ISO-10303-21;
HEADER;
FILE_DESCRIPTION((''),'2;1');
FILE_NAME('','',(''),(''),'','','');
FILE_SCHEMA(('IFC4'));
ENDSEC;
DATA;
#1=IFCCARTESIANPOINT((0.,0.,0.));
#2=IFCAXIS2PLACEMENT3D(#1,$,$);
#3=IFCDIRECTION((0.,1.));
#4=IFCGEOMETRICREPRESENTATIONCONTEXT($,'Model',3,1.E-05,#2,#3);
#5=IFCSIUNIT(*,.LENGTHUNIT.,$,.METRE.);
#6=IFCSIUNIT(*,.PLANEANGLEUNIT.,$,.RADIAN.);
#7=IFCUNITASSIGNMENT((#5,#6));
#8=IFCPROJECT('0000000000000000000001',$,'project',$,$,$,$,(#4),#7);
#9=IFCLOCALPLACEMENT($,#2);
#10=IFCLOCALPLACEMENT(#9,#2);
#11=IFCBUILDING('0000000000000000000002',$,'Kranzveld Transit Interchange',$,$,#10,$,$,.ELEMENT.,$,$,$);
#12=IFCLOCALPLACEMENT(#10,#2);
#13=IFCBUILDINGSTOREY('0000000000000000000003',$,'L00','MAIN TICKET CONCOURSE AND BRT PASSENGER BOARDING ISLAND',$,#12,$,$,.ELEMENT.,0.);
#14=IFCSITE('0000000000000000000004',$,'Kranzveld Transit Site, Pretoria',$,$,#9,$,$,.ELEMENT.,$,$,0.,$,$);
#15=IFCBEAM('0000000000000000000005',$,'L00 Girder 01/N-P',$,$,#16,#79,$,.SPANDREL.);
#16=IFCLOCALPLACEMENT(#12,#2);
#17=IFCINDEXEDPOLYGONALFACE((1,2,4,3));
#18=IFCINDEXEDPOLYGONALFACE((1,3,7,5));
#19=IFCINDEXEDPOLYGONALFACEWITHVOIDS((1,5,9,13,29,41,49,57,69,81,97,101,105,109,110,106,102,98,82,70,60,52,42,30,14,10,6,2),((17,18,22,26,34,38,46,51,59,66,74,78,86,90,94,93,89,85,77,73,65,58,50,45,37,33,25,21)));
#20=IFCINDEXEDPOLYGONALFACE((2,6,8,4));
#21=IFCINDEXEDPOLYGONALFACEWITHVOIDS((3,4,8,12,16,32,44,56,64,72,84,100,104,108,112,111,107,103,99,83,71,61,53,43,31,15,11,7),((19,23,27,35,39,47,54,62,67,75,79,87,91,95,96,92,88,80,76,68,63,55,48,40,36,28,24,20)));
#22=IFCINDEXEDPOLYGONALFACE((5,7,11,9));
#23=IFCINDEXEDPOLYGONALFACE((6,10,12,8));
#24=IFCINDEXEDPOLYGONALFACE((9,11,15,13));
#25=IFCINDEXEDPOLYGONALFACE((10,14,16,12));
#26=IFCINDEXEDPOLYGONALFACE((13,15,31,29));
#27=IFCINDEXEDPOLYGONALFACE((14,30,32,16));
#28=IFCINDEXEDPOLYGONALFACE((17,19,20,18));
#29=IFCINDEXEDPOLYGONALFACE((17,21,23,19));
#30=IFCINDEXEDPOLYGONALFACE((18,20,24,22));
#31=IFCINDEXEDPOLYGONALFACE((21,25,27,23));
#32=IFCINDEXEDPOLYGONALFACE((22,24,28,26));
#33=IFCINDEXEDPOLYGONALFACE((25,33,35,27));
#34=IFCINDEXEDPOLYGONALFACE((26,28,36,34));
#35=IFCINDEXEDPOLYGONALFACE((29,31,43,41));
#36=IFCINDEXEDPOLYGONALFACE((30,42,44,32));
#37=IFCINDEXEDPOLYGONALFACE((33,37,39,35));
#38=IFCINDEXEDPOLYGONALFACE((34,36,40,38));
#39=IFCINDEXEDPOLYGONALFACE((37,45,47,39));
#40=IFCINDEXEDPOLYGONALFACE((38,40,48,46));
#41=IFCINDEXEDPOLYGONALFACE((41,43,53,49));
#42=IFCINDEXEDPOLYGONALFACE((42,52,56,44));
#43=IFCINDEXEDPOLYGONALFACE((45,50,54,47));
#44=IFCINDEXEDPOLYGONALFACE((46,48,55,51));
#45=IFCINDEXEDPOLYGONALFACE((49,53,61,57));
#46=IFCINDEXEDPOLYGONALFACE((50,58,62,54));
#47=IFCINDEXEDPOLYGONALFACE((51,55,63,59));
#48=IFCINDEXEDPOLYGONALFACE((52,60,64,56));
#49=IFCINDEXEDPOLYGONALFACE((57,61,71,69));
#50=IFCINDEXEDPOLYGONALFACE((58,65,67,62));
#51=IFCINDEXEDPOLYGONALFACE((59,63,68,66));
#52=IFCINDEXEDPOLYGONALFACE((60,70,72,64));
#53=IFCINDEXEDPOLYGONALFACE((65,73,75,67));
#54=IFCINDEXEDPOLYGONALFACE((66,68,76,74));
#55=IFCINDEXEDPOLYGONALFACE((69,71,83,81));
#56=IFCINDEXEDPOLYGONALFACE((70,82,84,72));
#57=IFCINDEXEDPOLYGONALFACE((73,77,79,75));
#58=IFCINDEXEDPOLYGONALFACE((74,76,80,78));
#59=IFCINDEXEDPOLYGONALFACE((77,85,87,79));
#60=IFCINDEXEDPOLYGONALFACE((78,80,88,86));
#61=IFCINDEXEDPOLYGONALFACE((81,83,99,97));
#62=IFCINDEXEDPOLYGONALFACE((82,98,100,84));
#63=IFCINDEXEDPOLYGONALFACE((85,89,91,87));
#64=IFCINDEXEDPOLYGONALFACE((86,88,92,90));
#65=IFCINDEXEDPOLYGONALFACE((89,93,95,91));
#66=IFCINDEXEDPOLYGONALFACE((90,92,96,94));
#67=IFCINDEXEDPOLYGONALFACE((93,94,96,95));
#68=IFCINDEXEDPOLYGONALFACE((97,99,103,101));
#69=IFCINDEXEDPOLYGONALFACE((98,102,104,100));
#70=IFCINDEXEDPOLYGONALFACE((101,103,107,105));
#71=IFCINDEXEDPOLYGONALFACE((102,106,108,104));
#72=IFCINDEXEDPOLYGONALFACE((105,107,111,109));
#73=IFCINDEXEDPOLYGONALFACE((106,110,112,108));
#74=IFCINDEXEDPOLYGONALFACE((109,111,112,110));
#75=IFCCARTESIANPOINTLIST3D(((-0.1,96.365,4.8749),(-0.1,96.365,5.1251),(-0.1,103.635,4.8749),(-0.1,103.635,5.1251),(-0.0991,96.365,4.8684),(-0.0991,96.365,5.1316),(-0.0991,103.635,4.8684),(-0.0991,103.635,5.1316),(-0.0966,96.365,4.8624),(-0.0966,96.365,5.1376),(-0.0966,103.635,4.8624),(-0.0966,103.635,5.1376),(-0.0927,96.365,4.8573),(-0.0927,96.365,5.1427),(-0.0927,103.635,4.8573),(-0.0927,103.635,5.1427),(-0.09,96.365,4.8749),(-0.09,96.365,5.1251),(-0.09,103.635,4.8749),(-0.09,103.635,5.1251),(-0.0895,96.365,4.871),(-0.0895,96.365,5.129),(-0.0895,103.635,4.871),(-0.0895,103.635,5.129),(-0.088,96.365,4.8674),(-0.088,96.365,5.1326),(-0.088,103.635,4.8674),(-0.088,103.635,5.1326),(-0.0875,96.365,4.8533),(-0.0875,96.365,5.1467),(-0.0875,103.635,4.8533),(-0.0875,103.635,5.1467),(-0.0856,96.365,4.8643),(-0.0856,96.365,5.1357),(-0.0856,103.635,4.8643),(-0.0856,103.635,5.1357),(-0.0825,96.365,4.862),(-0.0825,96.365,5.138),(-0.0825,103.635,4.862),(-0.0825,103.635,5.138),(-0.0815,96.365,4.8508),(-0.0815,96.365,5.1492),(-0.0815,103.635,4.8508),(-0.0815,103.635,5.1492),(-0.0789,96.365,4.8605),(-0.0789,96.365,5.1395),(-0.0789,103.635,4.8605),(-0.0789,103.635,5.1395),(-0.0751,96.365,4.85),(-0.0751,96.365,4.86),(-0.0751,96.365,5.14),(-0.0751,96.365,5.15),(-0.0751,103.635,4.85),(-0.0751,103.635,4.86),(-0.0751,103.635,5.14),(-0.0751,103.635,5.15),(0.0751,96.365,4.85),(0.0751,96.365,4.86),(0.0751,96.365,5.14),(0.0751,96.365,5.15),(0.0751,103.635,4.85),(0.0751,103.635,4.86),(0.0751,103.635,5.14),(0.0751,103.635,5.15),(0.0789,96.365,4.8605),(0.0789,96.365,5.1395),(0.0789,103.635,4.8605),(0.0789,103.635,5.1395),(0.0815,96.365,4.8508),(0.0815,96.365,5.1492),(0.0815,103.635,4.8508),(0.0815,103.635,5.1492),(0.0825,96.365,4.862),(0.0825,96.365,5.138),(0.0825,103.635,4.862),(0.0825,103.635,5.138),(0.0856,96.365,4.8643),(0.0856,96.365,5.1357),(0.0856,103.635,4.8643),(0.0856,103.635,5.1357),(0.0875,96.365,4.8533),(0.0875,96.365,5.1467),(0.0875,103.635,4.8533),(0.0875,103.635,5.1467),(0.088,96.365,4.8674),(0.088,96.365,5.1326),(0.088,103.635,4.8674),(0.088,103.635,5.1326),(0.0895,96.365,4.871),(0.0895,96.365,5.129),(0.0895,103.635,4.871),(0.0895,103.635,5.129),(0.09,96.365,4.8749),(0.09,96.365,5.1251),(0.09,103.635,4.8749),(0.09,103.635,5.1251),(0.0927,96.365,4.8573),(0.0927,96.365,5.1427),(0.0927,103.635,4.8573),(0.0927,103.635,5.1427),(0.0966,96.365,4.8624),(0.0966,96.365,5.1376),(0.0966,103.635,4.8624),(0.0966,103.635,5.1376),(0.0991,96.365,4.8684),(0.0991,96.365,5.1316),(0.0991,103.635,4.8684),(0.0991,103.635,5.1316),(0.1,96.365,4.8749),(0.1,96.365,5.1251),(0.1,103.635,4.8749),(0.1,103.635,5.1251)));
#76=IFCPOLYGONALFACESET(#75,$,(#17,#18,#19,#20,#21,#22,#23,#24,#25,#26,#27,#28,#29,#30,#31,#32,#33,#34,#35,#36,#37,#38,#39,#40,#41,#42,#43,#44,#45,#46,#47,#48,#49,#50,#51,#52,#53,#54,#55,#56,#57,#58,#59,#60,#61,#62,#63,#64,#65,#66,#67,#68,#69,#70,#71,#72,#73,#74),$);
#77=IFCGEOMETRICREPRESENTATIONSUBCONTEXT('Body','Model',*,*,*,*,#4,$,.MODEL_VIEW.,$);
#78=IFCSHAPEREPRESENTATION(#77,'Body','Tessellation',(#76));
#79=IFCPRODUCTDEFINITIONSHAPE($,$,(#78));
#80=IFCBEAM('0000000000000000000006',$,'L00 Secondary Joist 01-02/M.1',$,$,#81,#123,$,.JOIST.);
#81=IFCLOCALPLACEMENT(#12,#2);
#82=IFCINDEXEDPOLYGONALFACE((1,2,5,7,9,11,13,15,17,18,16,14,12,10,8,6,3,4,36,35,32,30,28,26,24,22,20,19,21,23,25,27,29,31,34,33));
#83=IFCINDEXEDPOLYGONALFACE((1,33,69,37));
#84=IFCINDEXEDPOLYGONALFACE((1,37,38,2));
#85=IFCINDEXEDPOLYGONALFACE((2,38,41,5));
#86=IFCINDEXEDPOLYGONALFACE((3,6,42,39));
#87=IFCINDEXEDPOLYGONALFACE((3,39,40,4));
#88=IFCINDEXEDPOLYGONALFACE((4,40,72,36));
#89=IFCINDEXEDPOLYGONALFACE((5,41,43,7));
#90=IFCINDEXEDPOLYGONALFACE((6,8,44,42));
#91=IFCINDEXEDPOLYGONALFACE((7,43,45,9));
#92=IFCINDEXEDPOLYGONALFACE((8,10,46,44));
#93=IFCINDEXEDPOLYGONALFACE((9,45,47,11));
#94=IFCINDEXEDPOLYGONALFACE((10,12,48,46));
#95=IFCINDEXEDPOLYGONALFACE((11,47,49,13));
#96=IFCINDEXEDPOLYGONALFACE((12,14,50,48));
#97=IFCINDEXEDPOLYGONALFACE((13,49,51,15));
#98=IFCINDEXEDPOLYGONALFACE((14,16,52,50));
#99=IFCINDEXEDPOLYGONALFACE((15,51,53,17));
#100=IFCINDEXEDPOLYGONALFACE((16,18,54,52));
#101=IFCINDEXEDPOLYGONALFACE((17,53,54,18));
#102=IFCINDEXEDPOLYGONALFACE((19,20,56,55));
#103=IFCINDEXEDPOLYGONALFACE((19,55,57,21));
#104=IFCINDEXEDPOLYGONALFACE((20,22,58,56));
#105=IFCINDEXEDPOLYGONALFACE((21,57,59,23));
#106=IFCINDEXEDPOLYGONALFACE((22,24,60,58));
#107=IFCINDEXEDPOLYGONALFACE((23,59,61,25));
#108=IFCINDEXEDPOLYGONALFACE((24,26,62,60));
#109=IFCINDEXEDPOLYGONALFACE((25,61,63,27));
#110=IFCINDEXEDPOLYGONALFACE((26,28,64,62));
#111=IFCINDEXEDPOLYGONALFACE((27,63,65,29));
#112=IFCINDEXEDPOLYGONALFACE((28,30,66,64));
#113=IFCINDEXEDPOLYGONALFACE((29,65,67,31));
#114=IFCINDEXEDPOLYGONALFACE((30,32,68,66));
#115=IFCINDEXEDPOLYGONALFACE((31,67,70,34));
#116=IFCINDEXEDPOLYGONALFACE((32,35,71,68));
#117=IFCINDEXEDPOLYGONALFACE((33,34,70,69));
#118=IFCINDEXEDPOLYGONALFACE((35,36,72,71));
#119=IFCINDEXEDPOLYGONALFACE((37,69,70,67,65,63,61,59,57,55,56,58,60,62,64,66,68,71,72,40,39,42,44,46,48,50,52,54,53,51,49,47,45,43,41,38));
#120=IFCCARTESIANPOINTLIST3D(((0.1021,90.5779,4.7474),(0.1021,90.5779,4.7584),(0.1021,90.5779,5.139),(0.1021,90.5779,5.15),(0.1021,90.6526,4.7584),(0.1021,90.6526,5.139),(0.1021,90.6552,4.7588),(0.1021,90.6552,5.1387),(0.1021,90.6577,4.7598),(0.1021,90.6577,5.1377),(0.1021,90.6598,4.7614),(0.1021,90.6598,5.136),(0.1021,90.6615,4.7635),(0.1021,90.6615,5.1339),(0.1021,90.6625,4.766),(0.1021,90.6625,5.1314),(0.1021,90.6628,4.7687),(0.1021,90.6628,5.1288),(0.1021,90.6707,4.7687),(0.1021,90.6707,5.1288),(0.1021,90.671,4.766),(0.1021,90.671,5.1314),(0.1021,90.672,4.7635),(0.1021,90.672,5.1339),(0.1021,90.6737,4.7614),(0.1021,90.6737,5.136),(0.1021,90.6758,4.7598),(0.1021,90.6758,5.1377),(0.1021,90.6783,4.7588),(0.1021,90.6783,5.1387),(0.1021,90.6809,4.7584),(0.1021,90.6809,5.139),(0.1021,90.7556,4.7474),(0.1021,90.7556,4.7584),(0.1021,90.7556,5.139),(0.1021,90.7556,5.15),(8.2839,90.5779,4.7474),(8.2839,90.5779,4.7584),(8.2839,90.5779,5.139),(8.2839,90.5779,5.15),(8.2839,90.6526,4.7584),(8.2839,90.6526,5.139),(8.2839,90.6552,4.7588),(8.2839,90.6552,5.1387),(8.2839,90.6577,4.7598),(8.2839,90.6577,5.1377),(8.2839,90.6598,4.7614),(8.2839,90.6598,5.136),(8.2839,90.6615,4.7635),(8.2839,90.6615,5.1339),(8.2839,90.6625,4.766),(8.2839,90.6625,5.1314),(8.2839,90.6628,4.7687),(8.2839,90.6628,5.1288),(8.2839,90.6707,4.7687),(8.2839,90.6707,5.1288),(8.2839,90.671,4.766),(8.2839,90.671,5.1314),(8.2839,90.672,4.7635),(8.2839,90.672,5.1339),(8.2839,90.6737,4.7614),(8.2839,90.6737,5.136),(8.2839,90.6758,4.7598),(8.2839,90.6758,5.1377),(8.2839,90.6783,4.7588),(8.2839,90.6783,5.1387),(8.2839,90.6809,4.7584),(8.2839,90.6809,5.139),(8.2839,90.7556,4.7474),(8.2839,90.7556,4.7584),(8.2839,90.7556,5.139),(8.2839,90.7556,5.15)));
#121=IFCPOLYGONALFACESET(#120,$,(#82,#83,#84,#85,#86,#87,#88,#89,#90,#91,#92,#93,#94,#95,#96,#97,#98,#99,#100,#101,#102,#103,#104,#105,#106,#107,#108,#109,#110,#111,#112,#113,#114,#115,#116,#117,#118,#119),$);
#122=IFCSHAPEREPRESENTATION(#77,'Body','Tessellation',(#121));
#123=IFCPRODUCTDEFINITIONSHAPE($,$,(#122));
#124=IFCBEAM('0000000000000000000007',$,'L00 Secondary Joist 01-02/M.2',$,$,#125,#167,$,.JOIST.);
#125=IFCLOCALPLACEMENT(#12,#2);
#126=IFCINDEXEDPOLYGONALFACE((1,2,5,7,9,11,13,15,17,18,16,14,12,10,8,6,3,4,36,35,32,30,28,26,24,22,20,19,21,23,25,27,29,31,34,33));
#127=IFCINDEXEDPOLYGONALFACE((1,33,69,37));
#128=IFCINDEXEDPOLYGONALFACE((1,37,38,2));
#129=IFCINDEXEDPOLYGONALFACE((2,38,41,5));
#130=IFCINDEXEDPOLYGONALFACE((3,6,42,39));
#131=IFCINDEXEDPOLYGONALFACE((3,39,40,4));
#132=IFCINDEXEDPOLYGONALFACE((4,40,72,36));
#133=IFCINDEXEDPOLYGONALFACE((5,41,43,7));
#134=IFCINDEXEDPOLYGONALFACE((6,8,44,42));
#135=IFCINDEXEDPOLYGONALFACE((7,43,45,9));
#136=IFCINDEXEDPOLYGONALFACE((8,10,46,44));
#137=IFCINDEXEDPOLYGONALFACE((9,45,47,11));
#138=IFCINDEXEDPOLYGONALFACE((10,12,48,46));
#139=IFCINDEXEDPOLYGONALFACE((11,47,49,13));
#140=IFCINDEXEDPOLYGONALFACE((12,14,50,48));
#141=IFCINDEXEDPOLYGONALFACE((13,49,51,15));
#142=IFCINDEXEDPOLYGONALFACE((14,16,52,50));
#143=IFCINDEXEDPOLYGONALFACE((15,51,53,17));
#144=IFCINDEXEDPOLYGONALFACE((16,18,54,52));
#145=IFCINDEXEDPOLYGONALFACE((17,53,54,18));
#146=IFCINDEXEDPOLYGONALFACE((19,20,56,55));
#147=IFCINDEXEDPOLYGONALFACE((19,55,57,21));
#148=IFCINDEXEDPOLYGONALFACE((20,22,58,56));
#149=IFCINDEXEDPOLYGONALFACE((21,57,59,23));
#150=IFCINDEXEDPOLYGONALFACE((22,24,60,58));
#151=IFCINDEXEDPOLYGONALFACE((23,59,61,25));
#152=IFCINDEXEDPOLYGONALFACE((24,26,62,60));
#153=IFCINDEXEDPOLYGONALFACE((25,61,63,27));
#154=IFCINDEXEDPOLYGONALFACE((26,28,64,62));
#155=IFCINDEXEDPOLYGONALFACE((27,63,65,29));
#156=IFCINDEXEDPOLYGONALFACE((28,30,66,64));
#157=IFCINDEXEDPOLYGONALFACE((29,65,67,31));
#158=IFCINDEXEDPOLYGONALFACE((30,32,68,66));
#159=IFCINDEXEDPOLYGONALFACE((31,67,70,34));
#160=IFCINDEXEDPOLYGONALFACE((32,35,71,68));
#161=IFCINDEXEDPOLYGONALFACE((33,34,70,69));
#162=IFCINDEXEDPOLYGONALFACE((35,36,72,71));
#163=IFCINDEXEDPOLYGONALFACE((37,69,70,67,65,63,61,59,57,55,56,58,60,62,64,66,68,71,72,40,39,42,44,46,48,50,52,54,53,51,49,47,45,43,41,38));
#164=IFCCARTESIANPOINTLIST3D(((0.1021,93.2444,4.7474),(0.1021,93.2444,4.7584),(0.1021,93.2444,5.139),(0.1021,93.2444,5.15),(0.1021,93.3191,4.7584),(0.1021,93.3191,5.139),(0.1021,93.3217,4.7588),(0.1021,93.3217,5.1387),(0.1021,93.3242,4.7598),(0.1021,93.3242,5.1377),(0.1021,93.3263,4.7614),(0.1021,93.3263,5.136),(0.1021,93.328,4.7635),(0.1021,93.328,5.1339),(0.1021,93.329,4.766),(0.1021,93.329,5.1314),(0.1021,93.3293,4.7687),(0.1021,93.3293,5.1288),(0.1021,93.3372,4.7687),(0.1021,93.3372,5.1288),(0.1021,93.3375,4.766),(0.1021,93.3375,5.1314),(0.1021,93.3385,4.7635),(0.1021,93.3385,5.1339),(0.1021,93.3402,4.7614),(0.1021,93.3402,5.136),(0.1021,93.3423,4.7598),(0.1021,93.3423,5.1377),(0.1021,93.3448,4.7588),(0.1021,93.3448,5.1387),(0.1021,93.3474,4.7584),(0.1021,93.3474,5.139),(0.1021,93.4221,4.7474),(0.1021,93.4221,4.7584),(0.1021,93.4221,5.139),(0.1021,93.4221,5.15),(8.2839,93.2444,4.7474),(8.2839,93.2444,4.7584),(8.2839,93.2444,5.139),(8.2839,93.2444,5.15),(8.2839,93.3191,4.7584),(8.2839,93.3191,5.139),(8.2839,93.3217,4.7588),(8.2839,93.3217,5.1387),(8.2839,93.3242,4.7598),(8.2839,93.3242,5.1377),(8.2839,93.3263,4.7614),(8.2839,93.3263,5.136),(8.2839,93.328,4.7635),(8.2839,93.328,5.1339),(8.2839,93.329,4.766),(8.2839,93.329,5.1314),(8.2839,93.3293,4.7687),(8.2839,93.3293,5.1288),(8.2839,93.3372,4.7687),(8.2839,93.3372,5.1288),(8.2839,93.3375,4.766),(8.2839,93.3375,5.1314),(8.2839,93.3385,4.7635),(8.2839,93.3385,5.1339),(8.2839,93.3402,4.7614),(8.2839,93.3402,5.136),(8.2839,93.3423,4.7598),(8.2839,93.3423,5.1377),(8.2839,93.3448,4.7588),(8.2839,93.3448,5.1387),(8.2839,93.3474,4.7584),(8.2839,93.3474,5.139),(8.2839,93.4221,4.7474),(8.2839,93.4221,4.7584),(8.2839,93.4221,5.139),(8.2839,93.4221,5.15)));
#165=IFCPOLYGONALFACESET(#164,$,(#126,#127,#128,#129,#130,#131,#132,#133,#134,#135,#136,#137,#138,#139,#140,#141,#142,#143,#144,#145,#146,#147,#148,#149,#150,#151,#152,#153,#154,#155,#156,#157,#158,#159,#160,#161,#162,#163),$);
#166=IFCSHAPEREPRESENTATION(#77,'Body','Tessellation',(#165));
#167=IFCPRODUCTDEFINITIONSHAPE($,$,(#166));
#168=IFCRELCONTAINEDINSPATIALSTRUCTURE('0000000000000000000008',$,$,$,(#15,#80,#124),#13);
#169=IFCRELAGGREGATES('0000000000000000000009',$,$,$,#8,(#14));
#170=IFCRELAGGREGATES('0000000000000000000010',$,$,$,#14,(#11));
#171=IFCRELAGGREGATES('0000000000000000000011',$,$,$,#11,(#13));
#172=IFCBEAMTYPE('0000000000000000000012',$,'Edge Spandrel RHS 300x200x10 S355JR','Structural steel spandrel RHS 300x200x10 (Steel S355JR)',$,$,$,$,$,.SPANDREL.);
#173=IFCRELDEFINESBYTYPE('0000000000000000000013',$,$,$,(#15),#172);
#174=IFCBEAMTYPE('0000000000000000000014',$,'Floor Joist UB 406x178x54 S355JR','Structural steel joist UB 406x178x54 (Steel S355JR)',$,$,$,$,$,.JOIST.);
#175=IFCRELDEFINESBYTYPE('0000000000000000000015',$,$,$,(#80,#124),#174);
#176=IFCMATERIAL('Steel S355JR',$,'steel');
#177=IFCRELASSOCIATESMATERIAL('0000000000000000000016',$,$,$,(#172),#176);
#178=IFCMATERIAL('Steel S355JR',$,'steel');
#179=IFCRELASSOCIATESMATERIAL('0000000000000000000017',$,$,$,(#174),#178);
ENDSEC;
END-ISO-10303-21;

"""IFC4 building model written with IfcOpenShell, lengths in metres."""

from ifc_helpers import new_model, si_unit, direction, frame, origin, origin_2d, place, context, subcontext, project, spatial, hollow_rectangle, i_section, extrude, material, material_profile, profile_set, type_object, element, save


model = new_model("IFC4")

# Units and contexts
model_context = context("Model", 3, precision=1e-05, world=origin(), true_north=direction((0.0, 1.0)))
body_context = subcontext(model_context, "Body", "Model", "MODEL_VIEW")
ifc_project = project(units=[si_unit("LENGTHUNIT", "METRE"), si_unit("PLANEANGLEUNIT", "RADIAN")], contexts=[model_context])

# Site, building, storey
site_placement = place(None, origin())
site = spatial("IfcSite", under=ifc_project, at=site_placement, Name="Kranzveld Transit Site, Pretoria", CompositionType="ELEMENT", RefElevation=0.0)
building_placement = place(site_placement, origin())
building = spatial("IfcBuilding", under=site, at=building_placement, Name="Kranzveld Transit Interchange", CompositionType="ELEMENT")
storey_placement = place(building_placement, origin())
storey = spatial("IfcBuildingStorey", under=building, at=storey_placement, Name="L00", Description="MAIN TICKET CONCOURSE AND BRT PASSENGER BOARDING ISLAND", CompositionType="ELEMENT", Elevation=0.0)

# Beams
ifc_material_1 = material(Name="Steel S355JR", Category="steel")
ifc_material_profile_1 = material_profile(ifc_material_1, hollow_rectangle(XDim=0.2, YDim=0.3, WallThickness=0.01, InnerFilletRadius=0.0149, OuterFilletRadius=0.0249, at=origin_2d()), Name="RHS 300x200x10")
ifc_profile_set_1 = profile_set([ifc_material_profile_1], Name="Steel S355JR")
beam_type_1 = type_object("IfcBeamType", Name="Edge Spandrel RHS 300x200x10 S355JR", Description="Structural steel spandrel RHS 300x200x10 (Steel S355JR)", PredefinedType="SPANDREL", material=ifc_profile_set_1)
beam_1_placement = place(storey_placement, frame((0.0, 96.365, 5.0), z_axis=(0.0, 1.0, 0.0), x_axis=(-1.0, 0.0, 0.0)))
element("IfcBeam", 1, at=beam_1_placement, inside=storey, type_object=beam_type_1, Name="L00 Girder 01/N-P", PredefinedType="SPANDREL", context=body_context, shape_type="SweptSolid", body=[
    extrude(hollow_rectangle(XDim=0.2, YDim=0.3, WallThickness=0.01, InnerFilletRadius=0.0149, OuterFilletRadius=0.0249, at=origin_2d()), origin(), (0.0, 0.0, 1.0), 7.27),
])
ifc_material_2 = material(Name="Steel S355JR", Category="steel")
ifc_material_profile_2 = material_profile(ifc_material_2, i_section(OverallWidth=0.1777, OverallDepth=0.4026, WebThickness=0.0078, FlangeThickness=0.011, FilletRadius=0.0103, at=origin_2d()), Name="UB 406x178x54")
ifc_profile_set_2 = profile_set([ifc_material_profile_2], Name="Steel S355JR")
beam_type_2 = type_object("IfcBeamType", Name="Floor Joist UB 406x178x54 S355JR", Description="Structural steel joist UB 406x178x54 (Steel S355JR)", PredefinedType="JOIST", material=ifc_profile_set_2)
for number, where, z_axis, x_axis, name in (
    (2, (0.1021, 90.6667, 4.9487), (1.0, 0.0, 0.0), (0.0, 1.0, 0.0), "L00 Secondary Joist 01-02/M.1"),
    (3, (0.1021, 93.3333, 4.9487), (1.0, 0.0, 0.0), (0.0, 1.0, 0.0), "L00 Secondary Joist 01-02/M.2"),
):
    element("IfcBeam", number, at=place(storey_placement, frame(where, z_axis=z_axis, x_axis=x_axis)), inside=storey, type_object=beam_type_2, Name=name, PredefinedType="JOIST", context=body_context, shape_type="SweptSolid", body=[
        extrude(i_section(OverallWidth=0.1777, OverallDepth=0.4026, WebThickness=0.0078, FlangeThickness=0.011, FilletRadius=0.0103, at=origin_2d()), origin(), (0.0, 0.0, 1.0), 8.1819),
    ])

save(model, "model.ifc")
